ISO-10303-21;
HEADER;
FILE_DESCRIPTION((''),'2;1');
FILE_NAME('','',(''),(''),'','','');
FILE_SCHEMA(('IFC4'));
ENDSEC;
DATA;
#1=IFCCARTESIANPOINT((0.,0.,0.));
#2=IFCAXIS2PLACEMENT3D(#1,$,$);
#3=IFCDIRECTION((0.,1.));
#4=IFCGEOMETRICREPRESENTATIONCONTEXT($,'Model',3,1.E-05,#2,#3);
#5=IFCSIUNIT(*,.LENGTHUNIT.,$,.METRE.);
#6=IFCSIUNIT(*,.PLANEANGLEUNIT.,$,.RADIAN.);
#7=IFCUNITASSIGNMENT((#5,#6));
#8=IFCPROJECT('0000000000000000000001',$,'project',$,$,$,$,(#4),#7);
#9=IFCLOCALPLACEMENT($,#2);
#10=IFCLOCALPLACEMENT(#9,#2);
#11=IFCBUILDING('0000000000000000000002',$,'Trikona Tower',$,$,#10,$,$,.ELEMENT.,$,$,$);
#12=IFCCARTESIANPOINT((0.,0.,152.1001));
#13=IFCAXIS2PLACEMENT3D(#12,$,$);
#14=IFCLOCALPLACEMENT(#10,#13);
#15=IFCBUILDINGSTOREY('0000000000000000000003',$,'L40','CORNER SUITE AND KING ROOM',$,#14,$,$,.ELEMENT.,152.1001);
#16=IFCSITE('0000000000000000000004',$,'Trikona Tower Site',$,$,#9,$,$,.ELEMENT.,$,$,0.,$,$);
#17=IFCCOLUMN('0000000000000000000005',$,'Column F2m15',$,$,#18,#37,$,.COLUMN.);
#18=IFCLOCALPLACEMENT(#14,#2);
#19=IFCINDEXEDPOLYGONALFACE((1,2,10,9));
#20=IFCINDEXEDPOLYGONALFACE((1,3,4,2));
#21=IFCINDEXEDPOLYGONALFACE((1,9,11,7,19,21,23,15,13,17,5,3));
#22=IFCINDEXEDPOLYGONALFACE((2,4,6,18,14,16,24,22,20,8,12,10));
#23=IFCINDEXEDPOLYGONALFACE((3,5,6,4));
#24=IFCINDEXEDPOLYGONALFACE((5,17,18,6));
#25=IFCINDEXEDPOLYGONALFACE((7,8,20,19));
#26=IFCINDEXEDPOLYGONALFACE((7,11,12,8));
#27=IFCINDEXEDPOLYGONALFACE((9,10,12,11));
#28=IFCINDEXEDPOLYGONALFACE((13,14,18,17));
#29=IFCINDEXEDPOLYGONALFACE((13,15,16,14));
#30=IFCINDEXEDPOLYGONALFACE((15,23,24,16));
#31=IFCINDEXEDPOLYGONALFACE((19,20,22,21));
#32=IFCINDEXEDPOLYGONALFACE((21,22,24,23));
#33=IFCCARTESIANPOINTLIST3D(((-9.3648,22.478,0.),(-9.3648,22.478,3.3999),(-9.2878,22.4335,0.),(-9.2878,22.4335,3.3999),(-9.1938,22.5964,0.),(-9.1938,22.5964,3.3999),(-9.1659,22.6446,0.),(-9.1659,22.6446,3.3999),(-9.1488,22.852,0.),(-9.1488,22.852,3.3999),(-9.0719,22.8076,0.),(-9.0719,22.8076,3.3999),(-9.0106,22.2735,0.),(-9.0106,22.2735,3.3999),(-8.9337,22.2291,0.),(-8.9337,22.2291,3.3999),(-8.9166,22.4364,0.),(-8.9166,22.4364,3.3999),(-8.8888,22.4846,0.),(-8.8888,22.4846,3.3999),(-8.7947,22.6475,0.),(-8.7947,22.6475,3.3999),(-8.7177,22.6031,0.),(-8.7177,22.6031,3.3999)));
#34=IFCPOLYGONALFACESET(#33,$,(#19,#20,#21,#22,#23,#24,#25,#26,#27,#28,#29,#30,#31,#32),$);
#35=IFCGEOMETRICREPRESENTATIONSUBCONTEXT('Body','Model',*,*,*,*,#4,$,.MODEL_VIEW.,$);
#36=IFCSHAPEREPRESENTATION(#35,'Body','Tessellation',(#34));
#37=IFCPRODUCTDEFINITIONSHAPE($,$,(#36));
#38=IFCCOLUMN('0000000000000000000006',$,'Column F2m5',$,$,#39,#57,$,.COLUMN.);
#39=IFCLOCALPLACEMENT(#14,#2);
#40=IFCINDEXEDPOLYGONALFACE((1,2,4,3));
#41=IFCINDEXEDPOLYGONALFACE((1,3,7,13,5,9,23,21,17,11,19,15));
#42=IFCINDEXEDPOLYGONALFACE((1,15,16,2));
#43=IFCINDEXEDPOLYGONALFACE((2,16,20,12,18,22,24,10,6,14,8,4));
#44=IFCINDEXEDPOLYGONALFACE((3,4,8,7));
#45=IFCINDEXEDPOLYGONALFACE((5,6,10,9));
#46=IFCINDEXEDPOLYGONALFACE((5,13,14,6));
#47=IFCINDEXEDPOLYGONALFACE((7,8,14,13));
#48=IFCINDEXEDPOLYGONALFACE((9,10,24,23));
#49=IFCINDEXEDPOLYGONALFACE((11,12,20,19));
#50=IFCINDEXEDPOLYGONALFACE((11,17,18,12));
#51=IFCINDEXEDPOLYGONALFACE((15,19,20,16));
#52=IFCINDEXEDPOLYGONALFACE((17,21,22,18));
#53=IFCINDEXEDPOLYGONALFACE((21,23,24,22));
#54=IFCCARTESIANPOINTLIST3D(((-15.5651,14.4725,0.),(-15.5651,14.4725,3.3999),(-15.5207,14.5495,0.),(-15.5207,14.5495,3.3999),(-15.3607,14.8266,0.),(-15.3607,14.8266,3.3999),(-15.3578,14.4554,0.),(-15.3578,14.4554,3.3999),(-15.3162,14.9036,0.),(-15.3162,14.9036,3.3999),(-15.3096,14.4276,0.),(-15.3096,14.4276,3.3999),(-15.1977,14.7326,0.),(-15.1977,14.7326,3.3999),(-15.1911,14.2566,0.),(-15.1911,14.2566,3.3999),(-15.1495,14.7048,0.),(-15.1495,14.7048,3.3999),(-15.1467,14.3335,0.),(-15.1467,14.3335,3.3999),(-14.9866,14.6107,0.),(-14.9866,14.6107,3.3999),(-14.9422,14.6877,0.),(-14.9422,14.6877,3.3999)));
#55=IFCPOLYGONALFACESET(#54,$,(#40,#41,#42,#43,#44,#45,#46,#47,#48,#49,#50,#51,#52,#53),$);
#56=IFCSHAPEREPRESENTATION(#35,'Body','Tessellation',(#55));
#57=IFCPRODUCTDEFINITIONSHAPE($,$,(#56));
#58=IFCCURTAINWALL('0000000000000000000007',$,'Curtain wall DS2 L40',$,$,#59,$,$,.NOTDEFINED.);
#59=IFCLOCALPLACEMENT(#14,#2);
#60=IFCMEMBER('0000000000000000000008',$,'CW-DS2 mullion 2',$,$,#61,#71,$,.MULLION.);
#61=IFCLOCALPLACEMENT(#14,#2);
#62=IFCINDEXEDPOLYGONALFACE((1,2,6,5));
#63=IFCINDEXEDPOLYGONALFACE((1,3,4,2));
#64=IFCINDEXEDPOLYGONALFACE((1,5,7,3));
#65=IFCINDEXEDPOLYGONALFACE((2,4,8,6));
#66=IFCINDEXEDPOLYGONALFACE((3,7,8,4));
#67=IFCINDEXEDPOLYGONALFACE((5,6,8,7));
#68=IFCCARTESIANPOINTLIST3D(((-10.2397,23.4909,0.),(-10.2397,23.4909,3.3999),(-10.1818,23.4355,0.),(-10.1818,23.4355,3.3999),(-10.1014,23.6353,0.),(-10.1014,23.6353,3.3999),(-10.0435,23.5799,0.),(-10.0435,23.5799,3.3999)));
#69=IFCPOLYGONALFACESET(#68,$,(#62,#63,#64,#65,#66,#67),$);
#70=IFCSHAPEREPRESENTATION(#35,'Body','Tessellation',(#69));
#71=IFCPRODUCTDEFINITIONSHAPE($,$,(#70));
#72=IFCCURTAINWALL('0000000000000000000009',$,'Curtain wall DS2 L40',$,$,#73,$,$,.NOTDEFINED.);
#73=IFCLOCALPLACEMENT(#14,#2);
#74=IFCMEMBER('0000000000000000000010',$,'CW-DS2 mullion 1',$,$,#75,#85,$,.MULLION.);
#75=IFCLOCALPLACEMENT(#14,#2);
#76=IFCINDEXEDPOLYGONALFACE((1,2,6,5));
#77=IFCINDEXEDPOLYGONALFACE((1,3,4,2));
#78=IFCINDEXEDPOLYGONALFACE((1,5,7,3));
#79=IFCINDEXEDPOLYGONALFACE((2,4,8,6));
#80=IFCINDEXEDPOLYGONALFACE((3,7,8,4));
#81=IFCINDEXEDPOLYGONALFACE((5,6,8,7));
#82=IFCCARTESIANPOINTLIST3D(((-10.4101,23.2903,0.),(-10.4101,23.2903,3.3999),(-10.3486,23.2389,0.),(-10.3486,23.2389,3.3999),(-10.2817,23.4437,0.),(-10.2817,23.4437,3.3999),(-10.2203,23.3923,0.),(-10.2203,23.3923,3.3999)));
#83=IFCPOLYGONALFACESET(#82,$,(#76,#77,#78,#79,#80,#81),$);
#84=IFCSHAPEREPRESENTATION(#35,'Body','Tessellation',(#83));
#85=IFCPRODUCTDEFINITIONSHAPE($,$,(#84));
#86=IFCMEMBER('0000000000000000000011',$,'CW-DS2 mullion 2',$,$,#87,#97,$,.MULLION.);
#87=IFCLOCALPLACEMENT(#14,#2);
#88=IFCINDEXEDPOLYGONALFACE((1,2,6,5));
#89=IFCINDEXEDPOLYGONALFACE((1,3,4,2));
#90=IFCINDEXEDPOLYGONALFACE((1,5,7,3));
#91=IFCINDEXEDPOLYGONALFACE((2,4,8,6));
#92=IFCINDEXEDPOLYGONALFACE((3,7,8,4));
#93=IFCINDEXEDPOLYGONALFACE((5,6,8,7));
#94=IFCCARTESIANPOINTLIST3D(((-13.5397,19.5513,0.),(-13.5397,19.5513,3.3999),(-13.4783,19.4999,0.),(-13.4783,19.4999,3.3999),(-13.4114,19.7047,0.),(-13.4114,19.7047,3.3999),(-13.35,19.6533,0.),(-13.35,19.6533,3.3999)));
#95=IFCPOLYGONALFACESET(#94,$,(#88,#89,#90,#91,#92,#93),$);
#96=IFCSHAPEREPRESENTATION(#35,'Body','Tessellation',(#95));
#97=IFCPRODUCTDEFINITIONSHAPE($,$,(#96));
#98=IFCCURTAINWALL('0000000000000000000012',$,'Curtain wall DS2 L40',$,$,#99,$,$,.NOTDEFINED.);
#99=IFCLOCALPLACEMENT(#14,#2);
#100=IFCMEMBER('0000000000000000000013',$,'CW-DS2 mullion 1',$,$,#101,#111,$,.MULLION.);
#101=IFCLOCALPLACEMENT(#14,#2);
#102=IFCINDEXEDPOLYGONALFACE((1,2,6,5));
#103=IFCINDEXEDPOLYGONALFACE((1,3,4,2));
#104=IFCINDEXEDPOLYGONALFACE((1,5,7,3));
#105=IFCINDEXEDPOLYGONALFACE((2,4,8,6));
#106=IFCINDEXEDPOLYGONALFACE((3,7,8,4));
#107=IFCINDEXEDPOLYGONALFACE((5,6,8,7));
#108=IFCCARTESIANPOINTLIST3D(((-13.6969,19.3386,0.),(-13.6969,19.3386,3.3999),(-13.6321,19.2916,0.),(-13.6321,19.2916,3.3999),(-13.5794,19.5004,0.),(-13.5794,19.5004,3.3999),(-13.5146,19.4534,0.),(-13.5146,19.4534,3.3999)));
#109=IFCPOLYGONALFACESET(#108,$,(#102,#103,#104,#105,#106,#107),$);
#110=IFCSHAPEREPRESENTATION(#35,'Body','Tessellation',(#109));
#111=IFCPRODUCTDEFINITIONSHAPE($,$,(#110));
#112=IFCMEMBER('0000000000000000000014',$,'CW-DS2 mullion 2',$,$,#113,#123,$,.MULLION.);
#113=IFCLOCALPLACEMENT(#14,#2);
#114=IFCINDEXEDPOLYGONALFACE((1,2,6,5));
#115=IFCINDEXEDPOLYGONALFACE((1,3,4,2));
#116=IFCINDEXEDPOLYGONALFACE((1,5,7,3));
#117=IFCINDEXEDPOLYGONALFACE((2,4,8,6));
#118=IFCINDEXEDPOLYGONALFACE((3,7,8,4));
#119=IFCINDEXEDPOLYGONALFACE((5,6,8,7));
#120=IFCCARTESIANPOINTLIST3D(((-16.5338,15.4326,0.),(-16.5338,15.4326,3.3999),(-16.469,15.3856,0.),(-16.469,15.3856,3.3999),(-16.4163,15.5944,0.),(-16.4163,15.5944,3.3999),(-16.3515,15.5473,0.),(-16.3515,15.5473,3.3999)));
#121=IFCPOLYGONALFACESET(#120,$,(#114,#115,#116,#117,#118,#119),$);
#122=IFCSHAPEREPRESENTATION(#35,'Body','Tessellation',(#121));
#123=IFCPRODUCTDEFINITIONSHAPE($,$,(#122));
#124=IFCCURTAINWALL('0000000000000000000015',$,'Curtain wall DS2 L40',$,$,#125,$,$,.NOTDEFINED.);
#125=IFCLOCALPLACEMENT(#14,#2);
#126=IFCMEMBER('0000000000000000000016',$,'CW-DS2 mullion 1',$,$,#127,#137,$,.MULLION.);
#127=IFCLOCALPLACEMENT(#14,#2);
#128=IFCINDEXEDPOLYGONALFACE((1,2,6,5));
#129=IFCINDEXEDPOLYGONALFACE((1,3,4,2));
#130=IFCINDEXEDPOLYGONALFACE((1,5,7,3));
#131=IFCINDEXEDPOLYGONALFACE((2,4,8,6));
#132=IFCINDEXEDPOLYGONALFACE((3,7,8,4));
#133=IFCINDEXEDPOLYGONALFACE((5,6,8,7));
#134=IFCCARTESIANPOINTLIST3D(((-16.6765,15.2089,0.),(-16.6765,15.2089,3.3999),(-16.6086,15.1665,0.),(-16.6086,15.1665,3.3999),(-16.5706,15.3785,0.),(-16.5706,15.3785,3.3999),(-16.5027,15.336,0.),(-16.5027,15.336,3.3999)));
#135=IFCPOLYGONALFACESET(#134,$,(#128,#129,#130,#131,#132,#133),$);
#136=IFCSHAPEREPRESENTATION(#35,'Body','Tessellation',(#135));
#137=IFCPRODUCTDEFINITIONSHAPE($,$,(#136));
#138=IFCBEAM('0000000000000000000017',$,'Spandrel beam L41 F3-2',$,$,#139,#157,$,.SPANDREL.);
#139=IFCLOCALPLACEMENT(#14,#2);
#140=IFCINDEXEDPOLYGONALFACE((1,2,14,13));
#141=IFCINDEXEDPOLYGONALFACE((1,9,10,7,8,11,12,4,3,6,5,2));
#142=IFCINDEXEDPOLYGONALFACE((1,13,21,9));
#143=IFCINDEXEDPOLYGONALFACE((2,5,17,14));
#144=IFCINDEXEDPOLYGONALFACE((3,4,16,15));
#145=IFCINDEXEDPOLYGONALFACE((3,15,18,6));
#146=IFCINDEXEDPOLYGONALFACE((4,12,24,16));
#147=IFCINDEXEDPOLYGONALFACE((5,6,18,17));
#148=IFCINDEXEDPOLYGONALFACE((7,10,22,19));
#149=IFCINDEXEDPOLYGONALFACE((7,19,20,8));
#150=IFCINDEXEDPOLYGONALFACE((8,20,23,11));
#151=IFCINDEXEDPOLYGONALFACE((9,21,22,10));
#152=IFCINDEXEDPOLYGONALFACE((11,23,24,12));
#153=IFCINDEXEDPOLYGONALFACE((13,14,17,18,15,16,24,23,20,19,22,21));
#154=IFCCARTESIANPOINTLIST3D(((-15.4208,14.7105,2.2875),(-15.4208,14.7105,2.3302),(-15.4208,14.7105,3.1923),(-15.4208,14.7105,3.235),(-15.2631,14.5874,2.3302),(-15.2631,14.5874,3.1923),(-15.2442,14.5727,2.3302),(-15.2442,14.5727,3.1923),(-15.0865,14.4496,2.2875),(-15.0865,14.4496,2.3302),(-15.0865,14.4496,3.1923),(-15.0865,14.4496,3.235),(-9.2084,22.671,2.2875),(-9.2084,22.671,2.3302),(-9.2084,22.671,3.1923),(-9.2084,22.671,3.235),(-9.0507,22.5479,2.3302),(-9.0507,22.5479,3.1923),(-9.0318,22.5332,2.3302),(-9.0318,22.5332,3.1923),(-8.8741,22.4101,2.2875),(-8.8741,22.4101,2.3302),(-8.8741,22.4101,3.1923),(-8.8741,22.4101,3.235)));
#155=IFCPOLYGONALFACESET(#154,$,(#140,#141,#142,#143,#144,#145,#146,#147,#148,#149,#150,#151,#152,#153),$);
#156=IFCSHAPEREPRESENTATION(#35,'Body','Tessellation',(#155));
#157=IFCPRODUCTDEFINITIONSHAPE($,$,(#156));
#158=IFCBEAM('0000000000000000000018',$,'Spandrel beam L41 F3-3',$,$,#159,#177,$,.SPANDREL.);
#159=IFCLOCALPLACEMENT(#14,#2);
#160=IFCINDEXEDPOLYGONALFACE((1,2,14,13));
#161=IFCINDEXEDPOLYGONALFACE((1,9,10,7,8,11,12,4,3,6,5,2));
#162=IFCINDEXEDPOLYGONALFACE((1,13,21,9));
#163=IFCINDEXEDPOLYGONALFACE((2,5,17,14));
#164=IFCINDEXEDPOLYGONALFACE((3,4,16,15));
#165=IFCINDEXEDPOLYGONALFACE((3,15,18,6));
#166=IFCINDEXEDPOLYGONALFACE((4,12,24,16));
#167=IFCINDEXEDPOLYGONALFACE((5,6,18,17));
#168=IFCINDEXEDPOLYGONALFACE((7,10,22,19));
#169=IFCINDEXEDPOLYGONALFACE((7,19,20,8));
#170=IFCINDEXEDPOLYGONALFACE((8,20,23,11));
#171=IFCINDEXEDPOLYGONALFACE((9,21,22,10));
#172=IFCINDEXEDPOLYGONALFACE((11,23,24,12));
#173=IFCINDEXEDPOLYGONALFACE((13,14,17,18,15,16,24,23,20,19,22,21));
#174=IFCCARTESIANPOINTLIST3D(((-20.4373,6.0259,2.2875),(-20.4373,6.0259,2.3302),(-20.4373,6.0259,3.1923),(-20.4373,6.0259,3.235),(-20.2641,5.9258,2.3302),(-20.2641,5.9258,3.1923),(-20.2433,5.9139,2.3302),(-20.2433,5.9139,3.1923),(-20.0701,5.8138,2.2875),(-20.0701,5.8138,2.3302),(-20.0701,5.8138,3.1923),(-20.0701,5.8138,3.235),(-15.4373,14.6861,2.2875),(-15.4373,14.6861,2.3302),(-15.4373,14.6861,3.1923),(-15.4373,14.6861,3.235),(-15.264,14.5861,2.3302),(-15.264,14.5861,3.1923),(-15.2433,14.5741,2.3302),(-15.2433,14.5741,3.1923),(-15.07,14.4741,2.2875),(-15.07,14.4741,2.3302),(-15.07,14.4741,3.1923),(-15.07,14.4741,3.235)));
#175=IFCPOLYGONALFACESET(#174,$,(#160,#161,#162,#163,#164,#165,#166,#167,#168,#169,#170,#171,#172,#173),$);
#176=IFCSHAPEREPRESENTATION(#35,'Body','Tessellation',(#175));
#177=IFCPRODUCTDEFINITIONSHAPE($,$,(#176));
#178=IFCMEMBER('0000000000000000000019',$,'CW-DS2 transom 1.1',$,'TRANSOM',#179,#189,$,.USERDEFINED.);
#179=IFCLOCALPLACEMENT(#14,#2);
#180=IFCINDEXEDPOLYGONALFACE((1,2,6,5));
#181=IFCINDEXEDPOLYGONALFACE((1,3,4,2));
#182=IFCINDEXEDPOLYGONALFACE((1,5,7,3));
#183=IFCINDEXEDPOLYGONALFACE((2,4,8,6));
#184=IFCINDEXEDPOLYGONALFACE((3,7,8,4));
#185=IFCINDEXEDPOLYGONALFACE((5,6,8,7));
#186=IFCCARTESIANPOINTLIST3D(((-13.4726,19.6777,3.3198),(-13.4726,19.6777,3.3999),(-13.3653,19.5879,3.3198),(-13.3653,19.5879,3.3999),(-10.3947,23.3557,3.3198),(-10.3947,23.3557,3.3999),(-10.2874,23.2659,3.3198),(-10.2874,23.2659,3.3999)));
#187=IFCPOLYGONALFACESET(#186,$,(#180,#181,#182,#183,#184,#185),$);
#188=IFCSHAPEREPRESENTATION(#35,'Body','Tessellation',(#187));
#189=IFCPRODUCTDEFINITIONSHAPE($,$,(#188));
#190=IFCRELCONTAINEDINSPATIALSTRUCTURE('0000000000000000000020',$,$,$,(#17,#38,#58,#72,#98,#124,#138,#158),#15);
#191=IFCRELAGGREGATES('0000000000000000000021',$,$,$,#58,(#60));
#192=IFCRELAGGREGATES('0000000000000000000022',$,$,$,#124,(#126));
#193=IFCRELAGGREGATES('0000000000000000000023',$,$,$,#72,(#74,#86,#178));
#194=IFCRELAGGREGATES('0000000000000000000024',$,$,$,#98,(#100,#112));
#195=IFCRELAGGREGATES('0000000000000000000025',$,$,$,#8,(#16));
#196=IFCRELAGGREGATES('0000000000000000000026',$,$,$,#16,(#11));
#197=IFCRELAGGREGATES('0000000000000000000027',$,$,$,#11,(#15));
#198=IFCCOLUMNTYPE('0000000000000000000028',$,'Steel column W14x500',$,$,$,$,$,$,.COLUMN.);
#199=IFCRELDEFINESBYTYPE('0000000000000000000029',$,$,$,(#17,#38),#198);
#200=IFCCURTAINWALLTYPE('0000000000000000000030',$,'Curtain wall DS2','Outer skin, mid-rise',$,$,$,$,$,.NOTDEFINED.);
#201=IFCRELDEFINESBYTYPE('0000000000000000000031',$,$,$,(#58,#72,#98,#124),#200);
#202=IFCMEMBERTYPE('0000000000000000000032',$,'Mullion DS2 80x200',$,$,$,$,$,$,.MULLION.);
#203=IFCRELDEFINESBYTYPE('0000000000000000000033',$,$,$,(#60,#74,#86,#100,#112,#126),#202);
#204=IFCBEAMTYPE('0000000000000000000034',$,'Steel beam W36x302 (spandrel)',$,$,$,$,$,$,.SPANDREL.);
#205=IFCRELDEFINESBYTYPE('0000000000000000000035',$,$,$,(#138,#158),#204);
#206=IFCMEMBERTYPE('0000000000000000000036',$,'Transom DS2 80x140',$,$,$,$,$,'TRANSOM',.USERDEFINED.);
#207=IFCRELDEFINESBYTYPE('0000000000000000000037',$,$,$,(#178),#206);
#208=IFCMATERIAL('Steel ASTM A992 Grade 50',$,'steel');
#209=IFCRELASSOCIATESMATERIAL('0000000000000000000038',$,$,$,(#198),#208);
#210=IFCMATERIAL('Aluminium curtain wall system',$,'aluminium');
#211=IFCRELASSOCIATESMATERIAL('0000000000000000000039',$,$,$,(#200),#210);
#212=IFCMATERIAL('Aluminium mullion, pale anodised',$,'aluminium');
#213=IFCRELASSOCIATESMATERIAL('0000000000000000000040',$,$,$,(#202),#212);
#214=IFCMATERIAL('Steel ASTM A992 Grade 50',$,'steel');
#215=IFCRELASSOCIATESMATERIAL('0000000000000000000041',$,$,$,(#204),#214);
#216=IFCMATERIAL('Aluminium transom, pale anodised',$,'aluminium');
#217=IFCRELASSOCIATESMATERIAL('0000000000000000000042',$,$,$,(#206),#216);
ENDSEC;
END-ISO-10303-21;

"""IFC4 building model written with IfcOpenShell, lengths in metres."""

from ifc_helpers import new_model, si_unit, direction, frame, origin, origin_2d, place, context, subcontext, project, spatial, rectangle, i_section, extrude, material, material_profile, profile_set, type_object, element, aggregate, save


model = new_model("IFC4")

# Units and contexts
model_context = context("Model", 3, precision=1e-05, world=origin(), true_north=direction((0.0, 1.0)))
body_context = subcontext(model_context, "Body", "Model", "MODEL_VIEW")
ifc_project = project(units=[si_unit("LENGTHUNIT", "METRE"), si_unit("PLANEANGLEUNIT", "RADIAN")], contexts=[model_context])

# Site, building, storey
site_placement = place(None, origin())
site = spatial("IfcSite", under=ifc_project, at=site_placement, Name="Trikona Tower Site", CompositionType="ELEMENT", RefElevation=0.0)
building_placement = place(site_placement, origin())
building = spatial("IfcBuilding", under=site, at=building_placement, Name="Trikona Tower", CompositionType="ELEMENT")
storey_placement = place(building_placement, frame((0.0, 0.0, 152.1001)))
storey = spatial("IfcBuildingStorey", under=building, at=storey_placement, Name="L40", Description="CORNER SUITE AND KING ROOM", CompositionType="ELEMENT", Elevation=152.1001)

# Columns
ifc_material_1 = material(Name="Steel ASTM A992 Grade 50", Category="steel")
ifc_material_profile_1 = material_profile(ifc_material_1, i_section(OverallWidth=0.4319, OverallDepth=0.4978, WebThickness=0.0557, FlangeThickness=0.0889, at=origin_2d()), Name="W14X500")
ifc_profile_set_1 = profile_set([ifc_material_profile_1], Name="Steel ASTM A992 Grade 50")
column_type = type_object("IfcColumnType", Name="Steel column W14x500", PredefinedType="COLUMN", material=ifc_profile_set_1)
for number, where, z_axis, x_axis, name in (
    (1, (-9.0413, 22.5405, 0.0), (0.0, 0.0, 1.0), (-0.5, -0.866025, 0.0), "Column F2m15"),
    (2, (-15.2537, 14.5801, 0.0), (0.0, 0.0, 1.0), (-0.866025, 0.5, 0.0), "Column F2m5"),
):
    element("IfcColumn", number, at=place(storey_placement, frame(where, z_axis=z_axis, x_axis=x_axis)), inside=storey, type_object=column_type, Name=name, PredefinedType="COLUMN", context=body_context, shape_type="SweptSolid", body=[
        extrude(i_section(OverallWidth=0.4319, OverallDepth=0.4978, WebThickness=0.0557, FlangeThickness=0.0889, at=origin_2d()), origin(), (0.0, 0.0, 1.0), 3.3999),
    ])

# Curtain wall, member
ifc_material_2 = material(Name="Aluminium curtain wall system", Category="aluminium")
curtain_wall_type = type_object("IfcCurtainWallType", Name="Curtain wall DS2", Description="Outer skin, mid-rise", PredefinedType="NOTDEFINED", material=ifc_material_2)
curtain_wall_1_placement = place(storey_placement, origin())
curtain_wall_1 = element("IfcCurtainWall", 3, at=curtain_wall_1_placement, inside=storey, type_object=curtain_wall_type, Name="Curtain wall DS2 L40", PredefinedType="NOTDEFINED")
ifc_material_3 = material(Name="Aluminium mullion, pale anodised", Category="aluminium")
ifc_material_profile_2 = material_profile(ifc_material_3, rectangle(XDim=0.0801, YDim=0.2, at=origin_2d()), Name="MUL-DS2")
ifc_profile_set_2 = profile_set([ifc_material_profile_2], Name="Aluminium mullion, pale anodised")
member_type_1 = type_object("IfcMemberType", Name="Mullion DS2 80x200", PredefinedType="MULLION", material=ifc_profile_set_2)
member_1_placement = place(storey_placement, frame((-10.1416, 23.5354, 0.0), z_axis=(0.0, 0.0, 1.0), x_axis=(0.722158, -0.691728, 0.0)))
member_1 = element("IfcMember", 4, at=member_1_placement, type_object=member_type_1, Name="CW-DS2 mullion 2", PredefinedType="MULLION", context=body_context, shape_type="SweptSolid", body=[
    extrude(rectangle(XDim=0.0801, YDim=0.2, at=origin_2d()), origin(), (0.0, 0.0, 1.0), 3.3999),
])
aggregate(curtain_wall_1, [member_1])

# Curtain walls, members
curtain_wall_2_placement = place(storey_placement, origin())
curtain_wall_2 = element("IfcCurtainWall", 5, at=curtain_wall_2_placement, inside=storey, type_object=curtain_wall_type, Name="Curtain wall DS2 L40", PredefinedType="NOTDEFINED")
member_2_placement = place(storey_placement, frame((-10.3152, 23.3413, 0.0), z_axis=(0.0, 0.0, 1.0), x_axis=(0.766867, -0.641806, 0.0)))
member_2 = element("IfcMember", 6, at=member_2_placement, type_object=member_type_1, Name="CW-DS2 mullion 1", PredefinedType="MULLION", context=body_context, shape_type="SweptSolid", body=[
    extrude(rectangle(XDim=0.0801, YDim=0.2, at=origin_2d()), origin(), (0.0, 0.0, 1.0), 3.3999),
])
member_3_placement = place(storey_placement, frame((-13.4448, 19.6023, 0.0), z_axis=(0.0, 0.0, 1.0), x_axis=(0.766867, -0.641806, 0.0)))
member_3 = element("IfcMember", 7, at=member_3_placement, type_object=member_type_1, Name="CW-DS2 mullion 2", PredefinedType="MULLION", context=body_context, shape_type="SweptSolid", body=[
    extrude(rectangle(XDim=0.0801, YDim=0.2, at=origin_2d()), origin(), (0.0, 0.0, 1.0), 3.3999),
])
curtain_wall_3_placement = place(storey_placement, origin())
curtain_wall_3 = element("IfcCurtainWall", 8, at=curtain_wall_3_placement, inside=storey, type_object=curtain_wall_type, Name="Curtain wall DS2 L40", PredefinedType="NOTDEFINED")
member_4_placement = place(storey_placement, frame((-13.6057, 19.396, 0.0), z_axis=(0.0, 0.0, 1.0), x_axis=(0.809086, -0.587691, 0.0)))
member_4 = element("IfcMember", 9, at=member_4_placement, type_object=member_type_1, Name="CW-DS2 mullion 1", PredefinedType="MULLION", context=body_context, shape_type="SweptSolid", body=[
    extrude(rectangle(XDim=0.0801, YDim=0.2, at=origin_2d()), origin(), (0.0, 0.0, 1.0), 3.3999),
])
member_5_placement = place(storey_placement, frame((-16.4426, 15.49, 0.0), z_axis=(0.0, 0.0, 1.0), x_axis=(0.809086, -0.587691, 0.0)))
member_5 = element("IfcMember", 10, at=member_5_placement, type_object=member_type_1, Name="CW-DS2 mullion 2", PredefinedType="MULLION", context=body_context, shape_type="SweptSolid", body=[
    extrude(rectangle(XDim=0.0801, YDim=0.2, at=origin_2d()), origin(), (0.0, 0.0, 1.0), 3.3999),
])

# Curtain wall, member
curtain_wall_4_placement = place(storey_placement, origin())
curtain_wall_4 = element("IfcCurtainWall", 11, at=curtain_wall_4_placement, inside=storey, type_object=curtain_wall_type, Name="Curtain wall DS2 L40", PredefinedType="NOTDEFINED")
member_6_placement = place(storey_placement, frame((-16.5896, 15.2725, 0.0), z_axis=(0.0, 0.0, 1.0), x_axis=(0.847998, -0.529999, 0.0)))
member_6 = element("IfcMember", 12, at=member_6_placement, type_object=member_type_1, Name="CW-DS2 mullion 1", PredefinedType="MULLION", context=body_context, shape_type="SweptSolid", body=[
    extrude(rectangle(XDim=0.0801, YDim=0.2, at=origin_2d()), origin(), (0.0, 0.0, 1.0), 3.3999),
])

# Beams
ifc_material_4 = material(Name="Steel ASTM A992 Grade 50", Category="steel")
ifc_material_profile_3 = material_profile(ifc_material_4, i_section(OverallWidth=0.4241, OverallDepth=0.9475, WebThickness=0.0239, FlangeThickness=0.0427, at=origin_2d()), Name="W36X302")
ifc_profile_set_3 = profile_set([ifc_material_profile_3], Name="Steel ASTM A992 Grade 50")
beam_type = type_object("IfcBeamType", Name="Steel beam W36x302 (spandrel)", PredefinedType="SPANDREL", material=ifc_profile_set_3)
beam_1_placement = place(storey_placement, frame((-9.0413, 22.5405, 2.7612), z_axis=(-0.615232, -0.788346, 0.0), x_axis=(0.788346, -0.615232, 0.0)))
element("IfcBeam", 13, at=beam_1_placement, inside=storey, type_object=beam_type, Name="Spandrel beam L41 F3-2", PredefinedType="SPANDREL", context=body_context, shape_type="SweptSolid", body=[
    extrude(i_section(OverallWidth=0.4241, OverallDepth=0.9475, WebThickness=0.0239, FlangeThickness=0.0427, at=origin_2d()), origin(), (0.0, 0.0, 1.0), 10.0977),
])
beam_2_placement = place(storey_placement, frame((-15.2537, 14.5801, 2.7612), z_axis=(-0.500004, -0.866023, 0.0), x_axis=(0.866023, -0.500004, 0.0)))
element("IfcBeam", 14, at=beam_2_placement, inside=storey, type_object=beam_type, Name="Spandrel beam L41 F3-3", PredefinedType="SPANDREL", context=body_context, shape_type="SweptSolid", body=[
    extrude(i_section(OverallWidth=0.4241, OverallDepth=0.9475, WebThickness=0.0239, FlangeThickness=0.0427, at=origin_2d()), origin(), (0.0, 0.0, 1.0), 10.0),
])

# Member
ifc_material_5 = material(Name="Aluminium transom, pale anodised", Category="aluminium")
ifc_material_profile_4 = material_profile(ifc_material_5, rectangle(XDim=0.1399, YDim=0.0801, at=origin_2d()), Name="TRN-DS2")
ifc_profile_set_4 = profile_set([ifc_material_profile_4], Name="Aluminium transom, pale anodised")
member_type_2 = type_object("IfcMemberType", Name="Transom DS2 80x140", ElementType="TRANSOM", PredefinedType="USERDEFINED", material=ifc_profile_set_4)
member_7_placement = place(storey_placement, frame((-10.3411, 23.3108, 3.3599), z_axis=(-0.64177, -0.766897, 0.0), x_axis=(0.766897, -0.64177, 0.0)))
member_7 = element("IfcMember", 15, at=member_7_placement, type_object=member_type_2, Name="CW-DS2 transom 1.1", ObjectType="TRANSOM", PredefinedType="USERDEFINED", context=body_context, shape_type="SweptSolid", body=[
    extrude(rectangle(XDim=0.1399, YDim=0.0801, at=origin_2d()), origin(), (0.0, 0.0, 1.0), 4.7959),
])
aggregate(curtain_wall_4, [member_6])

aggregate(curtain_wall_2, [member_2, member_3, member_7])
aggregate(curtain_wall_3, [member_4, member_5])

save(model, "model.ifc")
